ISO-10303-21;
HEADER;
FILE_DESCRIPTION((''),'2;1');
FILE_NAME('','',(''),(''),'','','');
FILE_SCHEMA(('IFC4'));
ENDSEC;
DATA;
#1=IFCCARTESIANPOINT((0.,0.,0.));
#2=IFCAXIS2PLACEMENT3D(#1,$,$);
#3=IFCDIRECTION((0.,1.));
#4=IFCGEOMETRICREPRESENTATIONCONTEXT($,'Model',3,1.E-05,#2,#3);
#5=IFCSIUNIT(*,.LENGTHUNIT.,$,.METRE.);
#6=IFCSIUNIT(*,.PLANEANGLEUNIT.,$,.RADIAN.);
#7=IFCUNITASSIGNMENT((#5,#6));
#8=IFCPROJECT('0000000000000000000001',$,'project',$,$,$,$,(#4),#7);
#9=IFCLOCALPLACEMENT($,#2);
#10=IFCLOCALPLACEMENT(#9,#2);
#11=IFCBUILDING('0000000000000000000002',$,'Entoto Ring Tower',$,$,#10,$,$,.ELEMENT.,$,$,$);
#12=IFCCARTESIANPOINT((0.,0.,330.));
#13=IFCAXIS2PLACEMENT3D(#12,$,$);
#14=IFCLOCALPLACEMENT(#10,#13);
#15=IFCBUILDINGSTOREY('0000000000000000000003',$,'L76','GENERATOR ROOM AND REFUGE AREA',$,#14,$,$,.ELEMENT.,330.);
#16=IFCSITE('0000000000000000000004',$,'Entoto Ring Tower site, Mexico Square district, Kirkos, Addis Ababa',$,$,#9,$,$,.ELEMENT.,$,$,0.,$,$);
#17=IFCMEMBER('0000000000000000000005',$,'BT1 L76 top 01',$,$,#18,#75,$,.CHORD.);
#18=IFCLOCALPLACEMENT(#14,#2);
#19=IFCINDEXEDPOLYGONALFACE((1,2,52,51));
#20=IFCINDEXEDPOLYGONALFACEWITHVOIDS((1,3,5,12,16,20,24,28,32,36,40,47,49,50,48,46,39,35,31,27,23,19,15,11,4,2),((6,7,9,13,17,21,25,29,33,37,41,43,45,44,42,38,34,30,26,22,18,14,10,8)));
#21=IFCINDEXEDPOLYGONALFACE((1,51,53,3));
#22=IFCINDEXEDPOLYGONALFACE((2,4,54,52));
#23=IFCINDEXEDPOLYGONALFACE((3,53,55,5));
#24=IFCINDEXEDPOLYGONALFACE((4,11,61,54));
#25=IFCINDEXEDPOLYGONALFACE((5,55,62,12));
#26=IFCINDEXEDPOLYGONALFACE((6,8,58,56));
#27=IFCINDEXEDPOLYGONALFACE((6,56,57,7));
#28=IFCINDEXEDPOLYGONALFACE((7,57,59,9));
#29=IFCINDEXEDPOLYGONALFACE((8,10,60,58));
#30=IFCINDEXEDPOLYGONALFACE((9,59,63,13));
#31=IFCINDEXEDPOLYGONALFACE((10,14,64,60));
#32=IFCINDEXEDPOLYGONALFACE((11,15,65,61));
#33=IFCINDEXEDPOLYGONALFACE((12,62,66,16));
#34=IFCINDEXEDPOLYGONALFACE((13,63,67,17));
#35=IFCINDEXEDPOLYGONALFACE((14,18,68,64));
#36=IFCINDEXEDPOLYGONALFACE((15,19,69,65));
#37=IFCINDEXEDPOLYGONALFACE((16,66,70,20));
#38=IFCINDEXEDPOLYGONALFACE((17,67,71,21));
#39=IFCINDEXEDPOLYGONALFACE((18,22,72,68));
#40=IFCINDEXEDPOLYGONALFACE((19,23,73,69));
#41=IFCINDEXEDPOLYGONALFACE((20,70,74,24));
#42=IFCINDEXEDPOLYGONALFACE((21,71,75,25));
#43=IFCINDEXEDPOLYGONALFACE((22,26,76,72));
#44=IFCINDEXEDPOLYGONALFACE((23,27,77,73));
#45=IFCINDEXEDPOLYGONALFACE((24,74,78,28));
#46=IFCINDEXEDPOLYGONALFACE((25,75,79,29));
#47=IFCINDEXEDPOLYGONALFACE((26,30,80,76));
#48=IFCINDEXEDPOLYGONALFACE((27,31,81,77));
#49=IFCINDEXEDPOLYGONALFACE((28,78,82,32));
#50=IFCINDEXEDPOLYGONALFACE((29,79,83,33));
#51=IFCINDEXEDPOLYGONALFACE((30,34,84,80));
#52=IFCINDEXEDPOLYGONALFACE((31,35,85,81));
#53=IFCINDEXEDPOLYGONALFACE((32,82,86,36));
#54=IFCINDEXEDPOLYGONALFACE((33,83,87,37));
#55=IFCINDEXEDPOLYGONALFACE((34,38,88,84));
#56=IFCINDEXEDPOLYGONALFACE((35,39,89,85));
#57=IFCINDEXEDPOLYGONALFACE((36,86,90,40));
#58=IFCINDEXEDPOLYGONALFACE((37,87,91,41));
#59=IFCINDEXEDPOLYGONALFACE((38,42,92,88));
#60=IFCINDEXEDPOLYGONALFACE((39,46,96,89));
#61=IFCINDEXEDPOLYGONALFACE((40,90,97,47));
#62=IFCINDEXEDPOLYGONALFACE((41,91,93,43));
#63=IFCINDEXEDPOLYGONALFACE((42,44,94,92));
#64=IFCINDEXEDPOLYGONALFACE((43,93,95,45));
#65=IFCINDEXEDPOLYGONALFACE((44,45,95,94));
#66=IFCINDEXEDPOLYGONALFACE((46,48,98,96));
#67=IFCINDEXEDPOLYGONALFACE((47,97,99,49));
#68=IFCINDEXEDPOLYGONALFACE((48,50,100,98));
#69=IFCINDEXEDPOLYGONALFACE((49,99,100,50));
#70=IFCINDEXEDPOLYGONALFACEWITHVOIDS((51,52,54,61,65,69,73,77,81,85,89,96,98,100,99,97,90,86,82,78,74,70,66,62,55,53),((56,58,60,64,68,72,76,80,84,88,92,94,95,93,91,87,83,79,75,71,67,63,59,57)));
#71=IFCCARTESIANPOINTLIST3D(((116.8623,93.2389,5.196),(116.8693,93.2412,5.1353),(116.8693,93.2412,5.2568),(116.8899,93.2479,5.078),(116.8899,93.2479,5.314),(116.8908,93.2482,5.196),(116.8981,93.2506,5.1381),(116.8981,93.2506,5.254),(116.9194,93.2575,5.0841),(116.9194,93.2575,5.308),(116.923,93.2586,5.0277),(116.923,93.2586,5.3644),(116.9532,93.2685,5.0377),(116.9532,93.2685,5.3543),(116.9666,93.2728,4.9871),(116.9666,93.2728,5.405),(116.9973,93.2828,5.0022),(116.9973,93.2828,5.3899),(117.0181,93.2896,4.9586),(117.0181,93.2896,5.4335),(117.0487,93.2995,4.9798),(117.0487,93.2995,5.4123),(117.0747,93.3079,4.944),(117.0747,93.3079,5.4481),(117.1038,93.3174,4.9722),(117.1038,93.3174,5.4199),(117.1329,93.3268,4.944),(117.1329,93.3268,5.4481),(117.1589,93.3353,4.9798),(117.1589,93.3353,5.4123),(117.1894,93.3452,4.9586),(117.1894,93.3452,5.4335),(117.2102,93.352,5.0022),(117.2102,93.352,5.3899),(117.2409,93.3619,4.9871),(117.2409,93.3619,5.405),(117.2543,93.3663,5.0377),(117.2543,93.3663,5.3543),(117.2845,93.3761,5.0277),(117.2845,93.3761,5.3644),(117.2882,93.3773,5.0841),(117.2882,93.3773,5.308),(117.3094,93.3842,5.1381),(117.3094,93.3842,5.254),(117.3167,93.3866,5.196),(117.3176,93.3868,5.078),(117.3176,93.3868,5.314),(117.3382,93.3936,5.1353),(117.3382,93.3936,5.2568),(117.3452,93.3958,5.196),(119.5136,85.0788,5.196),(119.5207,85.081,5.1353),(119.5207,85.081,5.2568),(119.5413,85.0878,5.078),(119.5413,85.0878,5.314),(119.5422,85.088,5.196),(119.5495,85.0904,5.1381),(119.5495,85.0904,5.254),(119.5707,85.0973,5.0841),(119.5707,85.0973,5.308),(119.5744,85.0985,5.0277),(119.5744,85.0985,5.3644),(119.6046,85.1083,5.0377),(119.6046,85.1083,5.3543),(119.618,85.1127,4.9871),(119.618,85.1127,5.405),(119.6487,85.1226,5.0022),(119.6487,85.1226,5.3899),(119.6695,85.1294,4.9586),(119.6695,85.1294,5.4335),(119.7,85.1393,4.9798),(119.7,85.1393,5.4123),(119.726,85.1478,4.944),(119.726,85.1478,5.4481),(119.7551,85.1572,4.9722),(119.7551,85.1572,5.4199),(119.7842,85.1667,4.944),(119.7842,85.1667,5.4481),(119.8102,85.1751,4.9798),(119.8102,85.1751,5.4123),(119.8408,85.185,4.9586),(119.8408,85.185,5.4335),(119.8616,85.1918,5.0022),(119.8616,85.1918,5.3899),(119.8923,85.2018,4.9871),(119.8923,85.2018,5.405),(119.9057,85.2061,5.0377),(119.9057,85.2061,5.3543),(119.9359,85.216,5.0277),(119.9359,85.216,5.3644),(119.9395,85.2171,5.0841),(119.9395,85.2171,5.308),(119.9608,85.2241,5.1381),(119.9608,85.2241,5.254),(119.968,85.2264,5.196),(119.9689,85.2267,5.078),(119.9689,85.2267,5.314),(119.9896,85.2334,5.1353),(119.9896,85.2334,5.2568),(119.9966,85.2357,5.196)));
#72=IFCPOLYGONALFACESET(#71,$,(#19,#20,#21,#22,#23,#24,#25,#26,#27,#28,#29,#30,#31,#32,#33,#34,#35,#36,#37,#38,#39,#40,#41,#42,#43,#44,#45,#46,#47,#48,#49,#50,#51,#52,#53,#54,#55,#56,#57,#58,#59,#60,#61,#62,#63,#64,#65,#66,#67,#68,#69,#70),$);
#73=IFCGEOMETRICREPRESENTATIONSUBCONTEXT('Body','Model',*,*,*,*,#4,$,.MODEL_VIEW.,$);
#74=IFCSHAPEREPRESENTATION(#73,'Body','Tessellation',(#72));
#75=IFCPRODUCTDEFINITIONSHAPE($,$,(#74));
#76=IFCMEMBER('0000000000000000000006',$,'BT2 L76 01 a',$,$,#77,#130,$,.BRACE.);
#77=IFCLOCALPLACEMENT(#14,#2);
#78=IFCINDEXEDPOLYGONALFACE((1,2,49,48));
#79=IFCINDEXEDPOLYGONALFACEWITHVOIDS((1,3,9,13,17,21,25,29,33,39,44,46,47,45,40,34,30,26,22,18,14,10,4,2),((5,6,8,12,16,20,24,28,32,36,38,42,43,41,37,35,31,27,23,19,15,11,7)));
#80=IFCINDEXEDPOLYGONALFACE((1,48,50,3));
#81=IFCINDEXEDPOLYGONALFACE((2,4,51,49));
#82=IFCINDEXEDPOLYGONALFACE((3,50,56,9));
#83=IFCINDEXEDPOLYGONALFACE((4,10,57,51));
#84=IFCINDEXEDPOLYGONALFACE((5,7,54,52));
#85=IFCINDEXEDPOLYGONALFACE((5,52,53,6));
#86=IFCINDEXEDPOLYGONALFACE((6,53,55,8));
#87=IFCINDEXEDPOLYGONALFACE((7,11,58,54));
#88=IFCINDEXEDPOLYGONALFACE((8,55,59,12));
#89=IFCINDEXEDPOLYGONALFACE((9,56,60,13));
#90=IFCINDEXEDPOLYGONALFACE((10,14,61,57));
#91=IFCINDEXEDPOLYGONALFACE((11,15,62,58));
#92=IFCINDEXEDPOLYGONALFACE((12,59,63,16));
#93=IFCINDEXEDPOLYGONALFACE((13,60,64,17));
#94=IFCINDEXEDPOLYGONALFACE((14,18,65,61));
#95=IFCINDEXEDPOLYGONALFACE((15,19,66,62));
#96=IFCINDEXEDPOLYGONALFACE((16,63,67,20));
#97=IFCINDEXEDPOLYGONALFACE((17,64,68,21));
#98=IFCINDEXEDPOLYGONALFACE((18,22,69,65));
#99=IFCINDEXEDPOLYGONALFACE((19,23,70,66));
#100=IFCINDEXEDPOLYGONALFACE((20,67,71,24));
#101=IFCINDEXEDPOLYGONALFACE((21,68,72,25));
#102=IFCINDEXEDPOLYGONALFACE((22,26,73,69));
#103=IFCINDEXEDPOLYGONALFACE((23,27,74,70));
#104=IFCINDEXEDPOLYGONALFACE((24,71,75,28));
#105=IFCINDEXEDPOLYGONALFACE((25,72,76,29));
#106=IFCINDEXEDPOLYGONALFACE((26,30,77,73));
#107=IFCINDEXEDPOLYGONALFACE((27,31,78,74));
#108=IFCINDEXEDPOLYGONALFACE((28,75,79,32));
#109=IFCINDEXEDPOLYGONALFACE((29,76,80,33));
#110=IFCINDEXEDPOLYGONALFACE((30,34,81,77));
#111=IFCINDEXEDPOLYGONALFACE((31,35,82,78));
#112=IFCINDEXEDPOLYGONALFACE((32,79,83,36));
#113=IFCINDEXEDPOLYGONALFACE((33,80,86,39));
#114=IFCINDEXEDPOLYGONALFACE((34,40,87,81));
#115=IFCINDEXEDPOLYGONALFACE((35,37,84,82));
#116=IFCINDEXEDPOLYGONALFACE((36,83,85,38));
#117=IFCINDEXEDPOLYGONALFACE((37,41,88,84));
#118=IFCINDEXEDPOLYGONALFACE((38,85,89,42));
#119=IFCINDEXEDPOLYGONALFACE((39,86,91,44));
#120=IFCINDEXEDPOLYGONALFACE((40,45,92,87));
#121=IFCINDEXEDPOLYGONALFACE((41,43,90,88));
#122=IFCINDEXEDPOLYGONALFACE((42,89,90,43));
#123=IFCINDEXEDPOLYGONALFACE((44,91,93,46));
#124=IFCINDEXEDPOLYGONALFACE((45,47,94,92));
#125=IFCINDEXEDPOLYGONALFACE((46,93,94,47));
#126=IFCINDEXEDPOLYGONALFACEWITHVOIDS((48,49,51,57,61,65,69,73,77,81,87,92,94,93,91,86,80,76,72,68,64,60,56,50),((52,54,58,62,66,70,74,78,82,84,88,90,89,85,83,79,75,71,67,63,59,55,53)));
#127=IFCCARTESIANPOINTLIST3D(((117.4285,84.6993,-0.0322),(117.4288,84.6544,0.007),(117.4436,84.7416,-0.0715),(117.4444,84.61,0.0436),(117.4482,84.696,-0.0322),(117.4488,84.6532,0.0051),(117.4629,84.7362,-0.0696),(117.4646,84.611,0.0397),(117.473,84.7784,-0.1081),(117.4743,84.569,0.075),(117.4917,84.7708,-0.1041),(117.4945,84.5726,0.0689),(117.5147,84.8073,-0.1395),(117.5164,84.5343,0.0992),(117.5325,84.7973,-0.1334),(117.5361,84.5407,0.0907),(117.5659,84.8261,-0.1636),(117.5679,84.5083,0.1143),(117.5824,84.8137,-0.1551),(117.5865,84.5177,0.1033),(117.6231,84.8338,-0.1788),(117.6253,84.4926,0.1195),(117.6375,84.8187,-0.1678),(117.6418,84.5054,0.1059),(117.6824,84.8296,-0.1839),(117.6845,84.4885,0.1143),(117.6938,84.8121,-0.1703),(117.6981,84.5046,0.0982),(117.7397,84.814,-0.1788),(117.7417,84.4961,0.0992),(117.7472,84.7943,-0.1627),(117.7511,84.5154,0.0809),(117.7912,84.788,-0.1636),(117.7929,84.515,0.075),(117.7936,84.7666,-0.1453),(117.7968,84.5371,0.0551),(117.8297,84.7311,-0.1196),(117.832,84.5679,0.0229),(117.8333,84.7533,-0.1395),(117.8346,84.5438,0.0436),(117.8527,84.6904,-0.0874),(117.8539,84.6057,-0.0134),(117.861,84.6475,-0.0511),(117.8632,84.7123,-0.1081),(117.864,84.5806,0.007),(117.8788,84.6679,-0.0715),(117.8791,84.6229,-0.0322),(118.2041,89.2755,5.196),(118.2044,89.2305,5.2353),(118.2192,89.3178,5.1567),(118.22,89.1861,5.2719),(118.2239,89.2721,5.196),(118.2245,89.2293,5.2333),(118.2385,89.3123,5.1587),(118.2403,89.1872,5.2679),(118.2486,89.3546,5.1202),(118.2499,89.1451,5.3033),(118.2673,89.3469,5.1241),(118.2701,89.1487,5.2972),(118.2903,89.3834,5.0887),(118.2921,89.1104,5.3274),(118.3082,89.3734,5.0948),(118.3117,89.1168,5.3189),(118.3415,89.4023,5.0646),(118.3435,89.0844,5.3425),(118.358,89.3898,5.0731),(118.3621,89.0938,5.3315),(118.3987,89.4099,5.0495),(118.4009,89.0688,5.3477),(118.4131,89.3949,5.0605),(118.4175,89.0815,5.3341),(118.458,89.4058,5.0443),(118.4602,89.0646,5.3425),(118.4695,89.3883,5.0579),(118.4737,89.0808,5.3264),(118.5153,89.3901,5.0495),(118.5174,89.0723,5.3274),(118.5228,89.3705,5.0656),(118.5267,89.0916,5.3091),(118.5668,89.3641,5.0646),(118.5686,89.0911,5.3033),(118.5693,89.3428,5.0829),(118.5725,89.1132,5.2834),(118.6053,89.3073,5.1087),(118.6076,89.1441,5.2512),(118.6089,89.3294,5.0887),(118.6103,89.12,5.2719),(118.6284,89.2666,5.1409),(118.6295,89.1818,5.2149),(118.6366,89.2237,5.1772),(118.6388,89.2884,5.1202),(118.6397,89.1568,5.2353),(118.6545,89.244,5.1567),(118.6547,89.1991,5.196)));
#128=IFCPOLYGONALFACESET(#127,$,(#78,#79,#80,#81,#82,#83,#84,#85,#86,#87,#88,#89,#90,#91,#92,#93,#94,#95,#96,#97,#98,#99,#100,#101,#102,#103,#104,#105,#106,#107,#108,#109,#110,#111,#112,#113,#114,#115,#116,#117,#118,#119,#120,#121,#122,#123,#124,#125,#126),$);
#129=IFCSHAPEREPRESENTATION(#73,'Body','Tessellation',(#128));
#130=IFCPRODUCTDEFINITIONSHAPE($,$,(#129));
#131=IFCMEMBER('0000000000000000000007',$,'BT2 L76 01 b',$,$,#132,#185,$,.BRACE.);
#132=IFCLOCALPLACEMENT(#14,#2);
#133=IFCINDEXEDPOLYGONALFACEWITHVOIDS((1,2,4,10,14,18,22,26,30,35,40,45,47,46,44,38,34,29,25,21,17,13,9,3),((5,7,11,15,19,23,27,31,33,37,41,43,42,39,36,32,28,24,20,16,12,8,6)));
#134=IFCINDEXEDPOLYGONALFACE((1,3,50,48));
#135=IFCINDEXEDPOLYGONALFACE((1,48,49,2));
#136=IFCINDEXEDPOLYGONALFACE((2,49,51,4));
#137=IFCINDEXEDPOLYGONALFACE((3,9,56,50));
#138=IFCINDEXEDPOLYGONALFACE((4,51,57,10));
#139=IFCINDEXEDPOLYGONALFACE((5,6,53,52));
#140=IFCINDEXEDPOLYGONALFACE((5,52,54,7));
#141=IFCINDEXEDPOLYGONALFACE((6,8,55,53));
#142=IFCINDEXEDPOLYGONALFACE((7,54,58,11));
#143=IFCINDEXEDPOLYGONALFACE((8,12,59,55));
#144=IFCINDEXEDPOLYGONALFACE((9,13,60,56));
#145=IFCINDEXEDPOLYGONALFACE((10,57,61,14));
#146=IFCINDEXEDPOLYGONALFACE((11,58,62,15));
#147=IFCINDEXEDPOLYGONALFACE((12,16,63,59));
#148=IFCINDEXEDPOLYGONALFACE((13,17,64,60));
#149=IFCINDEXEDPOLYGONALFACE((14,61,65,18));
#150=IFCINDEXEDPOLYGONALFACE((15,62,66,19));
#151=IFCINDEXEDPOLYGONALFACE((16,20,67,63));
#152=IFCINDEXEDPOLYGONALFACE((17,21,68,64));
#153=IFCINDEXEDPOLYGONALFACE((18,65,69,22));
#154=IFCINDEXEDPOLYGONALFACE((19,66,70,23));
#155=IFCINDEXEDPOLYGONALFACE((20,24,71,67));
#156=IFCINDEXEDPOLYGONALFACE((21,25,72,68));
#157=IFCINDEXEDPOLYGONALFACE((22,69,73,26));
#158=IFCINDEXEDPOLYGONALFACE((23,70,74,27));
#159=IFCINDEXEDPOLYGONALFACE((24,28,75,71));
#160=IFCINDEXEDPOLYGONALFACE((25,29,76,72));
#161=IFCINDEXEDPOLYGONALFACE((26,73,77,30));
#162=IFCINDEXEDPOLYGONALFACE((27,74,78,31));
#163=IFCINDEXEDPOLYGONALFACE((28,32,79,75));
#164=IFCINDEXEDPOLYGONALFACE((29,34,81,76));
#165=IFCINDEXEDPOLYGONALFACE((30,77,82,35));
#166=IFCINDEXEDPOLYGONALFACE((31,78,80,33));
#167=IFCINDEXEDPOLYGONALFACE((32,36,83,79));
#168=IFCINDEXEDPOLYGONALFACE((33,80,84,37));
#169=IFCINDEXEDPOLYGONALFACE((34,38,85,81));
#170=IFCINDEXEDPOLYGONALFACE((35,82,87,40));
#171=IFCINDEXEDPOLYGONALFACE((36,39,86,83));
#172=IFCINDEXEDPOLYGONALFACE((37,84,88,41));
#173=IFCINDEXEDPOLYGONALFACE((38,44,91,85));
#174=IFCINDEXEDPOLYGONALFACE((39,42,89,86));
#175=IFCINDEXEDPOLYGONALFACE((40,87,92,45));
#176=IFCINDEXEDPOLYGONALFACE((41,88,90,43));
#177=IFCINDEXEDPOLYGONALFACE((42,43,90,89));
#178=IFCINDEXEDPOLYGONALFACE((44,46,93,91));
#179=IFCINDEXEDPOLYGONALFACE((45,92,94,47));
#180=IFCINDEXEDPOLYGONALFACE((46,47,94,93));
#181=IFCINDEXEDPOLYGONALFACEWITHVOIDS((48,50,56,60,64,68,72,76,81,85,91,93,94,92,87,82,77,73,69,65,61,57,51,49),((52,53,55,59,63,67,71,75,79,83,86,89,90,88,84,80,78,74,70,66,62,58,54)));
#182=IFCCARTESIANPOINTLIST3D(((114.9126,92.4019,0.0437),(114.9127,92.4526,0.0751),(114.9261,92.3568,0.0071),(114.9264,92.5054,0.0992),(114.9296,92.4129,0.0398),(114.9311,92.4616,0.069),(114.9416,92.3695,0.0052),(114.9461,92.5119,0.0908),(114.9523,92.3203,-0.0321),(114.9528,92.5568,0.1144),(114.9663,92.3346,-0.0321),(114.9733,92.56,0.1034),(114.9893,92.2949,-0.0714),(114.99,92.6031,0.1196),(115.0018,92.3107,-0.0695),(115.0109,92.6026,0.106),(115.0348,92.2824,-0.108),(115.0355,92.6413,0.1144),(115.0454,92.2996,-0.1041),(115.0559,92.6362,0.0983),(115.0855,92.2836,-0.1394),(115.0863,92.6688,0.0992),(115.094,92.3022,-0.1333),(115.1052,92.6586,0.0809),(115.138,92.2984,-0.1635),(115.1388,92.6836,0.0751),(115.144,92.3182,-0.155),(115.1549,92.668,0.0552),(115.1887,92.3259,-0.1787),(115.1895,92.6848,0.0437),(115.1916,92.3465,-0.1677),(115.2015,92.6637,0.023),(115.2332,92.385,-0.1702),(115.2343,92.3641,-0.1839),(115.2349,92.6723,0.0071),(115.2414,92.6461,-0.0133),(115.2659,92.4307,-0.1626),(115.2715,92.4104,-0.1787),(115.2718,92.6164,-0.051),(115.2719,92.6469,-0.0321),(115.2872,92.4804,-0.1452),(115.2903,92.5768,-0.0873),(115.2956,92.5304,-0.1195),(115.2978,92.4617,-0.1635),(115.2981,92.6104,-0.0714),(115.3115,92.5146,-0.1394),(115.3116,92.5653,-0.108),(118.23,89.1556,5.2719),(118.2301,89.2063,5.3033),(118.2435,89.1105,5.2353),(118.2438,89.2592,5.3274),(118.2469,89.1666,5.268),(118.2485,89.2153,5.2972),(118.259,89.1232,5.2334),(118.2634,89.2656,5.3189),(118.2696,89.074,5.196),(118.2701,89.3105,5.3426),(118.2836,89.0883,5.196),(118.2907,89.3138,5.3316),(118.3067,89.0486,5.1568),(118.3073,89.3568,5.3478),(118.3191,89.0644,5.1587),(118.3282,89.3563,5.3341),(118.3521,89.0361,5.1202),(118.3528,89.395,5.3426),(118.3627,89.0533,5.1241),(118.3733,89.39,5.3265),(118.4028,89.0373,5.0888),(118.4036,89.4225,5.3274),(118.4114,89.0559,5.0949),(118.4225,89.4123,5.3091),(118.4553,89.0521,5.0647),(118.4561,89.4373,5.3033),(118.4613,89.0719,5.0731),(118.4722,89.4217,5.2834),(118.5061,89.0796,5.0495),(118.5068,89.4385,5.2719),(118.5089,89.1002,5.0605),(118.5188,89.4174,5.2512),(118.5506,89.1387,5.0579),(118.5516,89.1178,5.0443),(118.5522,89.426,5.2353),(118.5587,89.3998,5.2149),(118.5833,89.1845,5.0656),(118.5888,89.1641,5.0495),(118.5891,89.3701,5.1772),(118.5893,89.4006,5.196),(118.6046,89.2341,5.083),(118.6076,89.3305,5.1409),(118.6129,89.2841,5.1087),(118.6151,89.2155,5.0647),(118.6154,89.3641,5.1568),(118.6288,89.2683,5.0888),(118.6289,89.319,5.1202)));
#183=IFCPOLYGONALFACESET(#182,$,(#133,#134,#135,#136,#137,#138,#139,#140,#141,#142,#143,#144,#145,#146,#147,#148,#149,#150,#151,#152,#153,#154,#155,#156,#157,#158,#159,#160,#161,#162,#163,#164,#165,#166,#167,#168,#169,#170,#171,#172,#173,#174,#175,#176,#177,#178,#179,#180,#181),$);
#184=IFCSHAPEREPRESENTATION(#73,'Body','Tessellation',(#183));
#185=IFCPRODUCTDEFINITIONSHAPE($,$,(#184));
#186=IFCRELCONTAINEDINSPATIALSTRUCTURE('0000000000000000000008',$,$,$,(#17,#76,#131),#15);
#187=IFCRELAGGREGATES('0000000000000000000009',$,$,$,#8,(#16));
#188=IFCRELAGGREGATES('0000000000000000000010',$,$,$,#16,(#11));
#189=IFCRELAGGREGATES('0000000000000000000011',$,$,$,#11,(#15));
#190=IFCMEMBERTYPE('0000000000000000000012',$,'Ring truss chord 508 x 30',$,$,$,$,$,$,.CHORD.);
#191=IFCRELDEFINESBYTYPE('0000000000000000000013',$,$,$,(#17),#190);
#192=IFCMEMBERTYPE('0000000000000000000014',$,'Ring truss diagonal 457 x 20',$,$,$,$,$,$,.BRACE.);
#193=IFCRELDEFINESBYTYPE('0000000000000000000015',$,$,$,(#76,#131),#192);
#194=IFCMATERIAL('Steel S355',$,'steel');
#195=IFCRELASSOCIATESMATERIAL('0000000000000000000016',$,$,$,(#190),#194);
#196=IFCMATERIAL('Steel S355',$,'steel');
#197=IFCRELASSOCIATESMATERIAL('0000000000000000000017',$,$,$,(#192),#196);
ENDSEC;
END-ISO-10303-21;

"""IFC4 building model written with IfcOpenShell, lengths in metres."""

from ifc_helpers import new_model, si_unit, direction, frame, origin, origin_2d, place, context, subcontext, project, spatial, circle, hollow_circle, extrude, material, material_profile, profile_set, type_object, element, save


model = new_model("IFC4")

# Units and contexts
model_context = context("Model", 3, precision=1e-05, world=origin(), true_north=direction((0.0, 1.0)))
body_context = subcontext(model_context, "Body", "Model", "MODEL_VIEW")
ifc_project = project(units=[si_unit("LENGTHUNIT", "METRE"), si_unit("PLANEANGLEUNIT", "RADIAN")], contexts=[model_context])

# Site, building, storey
site_placement = place(None, origin())
site = spatial("IfcSite", under=ifc_project, at=site_placement, Name="Entoto Ring Tower site, Mexico Square district, Kirkos, Addis Ababa", CompositionType="ELEMENT", RefElevation=0.0)
building_placement = place(site_placement, origin())
building = spatial("IfcBuilding", under=site, at=building_placement, Name="Entoto Ring Tower", CompositionType="ELEMENT")
storey_placement = place(building_placement, frame((0.0, 0.0, 330.0)))
storey = spatial("IfcBuildingStorey", under=building, at=storey_placement, Name="L76", Description="GENERATOR ROOM AND REFUGE AREA", CompositionType="ELEMENT", Elevation=330.0)

# Members
ifc_material_1 = material(Name="Steel S355", Category="steel")
ifc_material_profile_1 = material_profile(ifc_material_1, hollow_circle(Radius=0.2539, WallThickness=0.03, at=origin_2d()), Name="CHS 508 x 30")
ifc_material_2 = material(Name="Concrete C60/75", Category="concrete")
ifc_material_profile_2 = material_profile(ifc_material_2, circle(Radius=0.2241, at=origin_2d()), Name="Concrete C60/75 infill")
ifc_profile_set_1 = profile_set([ifc_material_profile_1, ifc_material_profile_2], Name="Steel S355")
member_type_1 = type_object("IfcMemberType", Name="Ring truss chord 508 x 30", PredefinedType="CHORD", material=ifc_profile_set_1)
member_1_placement = place(storey_placement, frame((119.7551, 85.1572, 5.196), z_axis=(-0.309014, 0.951057, 0.0), x_axis=(-0.951057, -0.309014, 0.0)))
element("IfcMember", 1, at=member_1_placement, inside=storey, type_object=member_type_1, Name="BT1 L76 top 01", PredefinedType="CHORD", context=body_context, shape_type="SweptSolid", body=[
    extrude(hollow_circle(Radius=0.2539, WallThickness=0.03, at=origin_2d()), origin(), (0.0, 0.0, 1.0), 8.5801),
])
ifc_material_3 = material(Name="Steel S355", Category="steel")
ifc_material_profile_3 = material_profile(ifc_material_3, hollow_circle(Radius=0.2285, WallThickness=0.02, at=origin_2d()), Name="CHS 457 x 20")
ifc_material_4 = material(Name="Concrete C60/75", Category="concrete")
ifc_material_profile_4 = material_profile(ifc_material_4, circle(Radius=0.2085, at=origin_2d()), Name="Concrete C60/75 infill")
ifc_profile_set_2 = profile_set([ifc_material_profile_3, ifc_material_profile_4], Name="Steel S355")
member_type_2 = type_object("IfcMemberType", Name="Ring truss diagonal 457 x 20", PredefinedType="BRACE", material=ifc_profile_set_2)
for number, where, z_axis, x_axis, name in (
    (2, (117.6538, 84.6611, -0.0322), (0.110943, 0.654556, 0.747829), (-0.985938, 0.167111, 0.0), "BT2 L76 01 a"),
    (3, (118.4294, 89.2373, 5.196), (-0.4745, 0.464338, -0.747823), (-0.699412, -0.714719, 0.0), "BT2 L76 01 b"),
):
    element("IfcMember", number, at=place(storey_placement, frame(where, z_axis=z_axis, x_axis=x_axis)), inside=storey, type_object=member_type_2, Name=name, PredefinedType="BRACE", context=body_context, shape_type="SweptSolid", body=[
        extrude(hollow_circle(Radius=0.2285, WallThickness=0.02, at=origin_2d()), origin(), (0.0, 0.0, 1.0), 6.9912),
    ])

save(model, "model.ifc")
